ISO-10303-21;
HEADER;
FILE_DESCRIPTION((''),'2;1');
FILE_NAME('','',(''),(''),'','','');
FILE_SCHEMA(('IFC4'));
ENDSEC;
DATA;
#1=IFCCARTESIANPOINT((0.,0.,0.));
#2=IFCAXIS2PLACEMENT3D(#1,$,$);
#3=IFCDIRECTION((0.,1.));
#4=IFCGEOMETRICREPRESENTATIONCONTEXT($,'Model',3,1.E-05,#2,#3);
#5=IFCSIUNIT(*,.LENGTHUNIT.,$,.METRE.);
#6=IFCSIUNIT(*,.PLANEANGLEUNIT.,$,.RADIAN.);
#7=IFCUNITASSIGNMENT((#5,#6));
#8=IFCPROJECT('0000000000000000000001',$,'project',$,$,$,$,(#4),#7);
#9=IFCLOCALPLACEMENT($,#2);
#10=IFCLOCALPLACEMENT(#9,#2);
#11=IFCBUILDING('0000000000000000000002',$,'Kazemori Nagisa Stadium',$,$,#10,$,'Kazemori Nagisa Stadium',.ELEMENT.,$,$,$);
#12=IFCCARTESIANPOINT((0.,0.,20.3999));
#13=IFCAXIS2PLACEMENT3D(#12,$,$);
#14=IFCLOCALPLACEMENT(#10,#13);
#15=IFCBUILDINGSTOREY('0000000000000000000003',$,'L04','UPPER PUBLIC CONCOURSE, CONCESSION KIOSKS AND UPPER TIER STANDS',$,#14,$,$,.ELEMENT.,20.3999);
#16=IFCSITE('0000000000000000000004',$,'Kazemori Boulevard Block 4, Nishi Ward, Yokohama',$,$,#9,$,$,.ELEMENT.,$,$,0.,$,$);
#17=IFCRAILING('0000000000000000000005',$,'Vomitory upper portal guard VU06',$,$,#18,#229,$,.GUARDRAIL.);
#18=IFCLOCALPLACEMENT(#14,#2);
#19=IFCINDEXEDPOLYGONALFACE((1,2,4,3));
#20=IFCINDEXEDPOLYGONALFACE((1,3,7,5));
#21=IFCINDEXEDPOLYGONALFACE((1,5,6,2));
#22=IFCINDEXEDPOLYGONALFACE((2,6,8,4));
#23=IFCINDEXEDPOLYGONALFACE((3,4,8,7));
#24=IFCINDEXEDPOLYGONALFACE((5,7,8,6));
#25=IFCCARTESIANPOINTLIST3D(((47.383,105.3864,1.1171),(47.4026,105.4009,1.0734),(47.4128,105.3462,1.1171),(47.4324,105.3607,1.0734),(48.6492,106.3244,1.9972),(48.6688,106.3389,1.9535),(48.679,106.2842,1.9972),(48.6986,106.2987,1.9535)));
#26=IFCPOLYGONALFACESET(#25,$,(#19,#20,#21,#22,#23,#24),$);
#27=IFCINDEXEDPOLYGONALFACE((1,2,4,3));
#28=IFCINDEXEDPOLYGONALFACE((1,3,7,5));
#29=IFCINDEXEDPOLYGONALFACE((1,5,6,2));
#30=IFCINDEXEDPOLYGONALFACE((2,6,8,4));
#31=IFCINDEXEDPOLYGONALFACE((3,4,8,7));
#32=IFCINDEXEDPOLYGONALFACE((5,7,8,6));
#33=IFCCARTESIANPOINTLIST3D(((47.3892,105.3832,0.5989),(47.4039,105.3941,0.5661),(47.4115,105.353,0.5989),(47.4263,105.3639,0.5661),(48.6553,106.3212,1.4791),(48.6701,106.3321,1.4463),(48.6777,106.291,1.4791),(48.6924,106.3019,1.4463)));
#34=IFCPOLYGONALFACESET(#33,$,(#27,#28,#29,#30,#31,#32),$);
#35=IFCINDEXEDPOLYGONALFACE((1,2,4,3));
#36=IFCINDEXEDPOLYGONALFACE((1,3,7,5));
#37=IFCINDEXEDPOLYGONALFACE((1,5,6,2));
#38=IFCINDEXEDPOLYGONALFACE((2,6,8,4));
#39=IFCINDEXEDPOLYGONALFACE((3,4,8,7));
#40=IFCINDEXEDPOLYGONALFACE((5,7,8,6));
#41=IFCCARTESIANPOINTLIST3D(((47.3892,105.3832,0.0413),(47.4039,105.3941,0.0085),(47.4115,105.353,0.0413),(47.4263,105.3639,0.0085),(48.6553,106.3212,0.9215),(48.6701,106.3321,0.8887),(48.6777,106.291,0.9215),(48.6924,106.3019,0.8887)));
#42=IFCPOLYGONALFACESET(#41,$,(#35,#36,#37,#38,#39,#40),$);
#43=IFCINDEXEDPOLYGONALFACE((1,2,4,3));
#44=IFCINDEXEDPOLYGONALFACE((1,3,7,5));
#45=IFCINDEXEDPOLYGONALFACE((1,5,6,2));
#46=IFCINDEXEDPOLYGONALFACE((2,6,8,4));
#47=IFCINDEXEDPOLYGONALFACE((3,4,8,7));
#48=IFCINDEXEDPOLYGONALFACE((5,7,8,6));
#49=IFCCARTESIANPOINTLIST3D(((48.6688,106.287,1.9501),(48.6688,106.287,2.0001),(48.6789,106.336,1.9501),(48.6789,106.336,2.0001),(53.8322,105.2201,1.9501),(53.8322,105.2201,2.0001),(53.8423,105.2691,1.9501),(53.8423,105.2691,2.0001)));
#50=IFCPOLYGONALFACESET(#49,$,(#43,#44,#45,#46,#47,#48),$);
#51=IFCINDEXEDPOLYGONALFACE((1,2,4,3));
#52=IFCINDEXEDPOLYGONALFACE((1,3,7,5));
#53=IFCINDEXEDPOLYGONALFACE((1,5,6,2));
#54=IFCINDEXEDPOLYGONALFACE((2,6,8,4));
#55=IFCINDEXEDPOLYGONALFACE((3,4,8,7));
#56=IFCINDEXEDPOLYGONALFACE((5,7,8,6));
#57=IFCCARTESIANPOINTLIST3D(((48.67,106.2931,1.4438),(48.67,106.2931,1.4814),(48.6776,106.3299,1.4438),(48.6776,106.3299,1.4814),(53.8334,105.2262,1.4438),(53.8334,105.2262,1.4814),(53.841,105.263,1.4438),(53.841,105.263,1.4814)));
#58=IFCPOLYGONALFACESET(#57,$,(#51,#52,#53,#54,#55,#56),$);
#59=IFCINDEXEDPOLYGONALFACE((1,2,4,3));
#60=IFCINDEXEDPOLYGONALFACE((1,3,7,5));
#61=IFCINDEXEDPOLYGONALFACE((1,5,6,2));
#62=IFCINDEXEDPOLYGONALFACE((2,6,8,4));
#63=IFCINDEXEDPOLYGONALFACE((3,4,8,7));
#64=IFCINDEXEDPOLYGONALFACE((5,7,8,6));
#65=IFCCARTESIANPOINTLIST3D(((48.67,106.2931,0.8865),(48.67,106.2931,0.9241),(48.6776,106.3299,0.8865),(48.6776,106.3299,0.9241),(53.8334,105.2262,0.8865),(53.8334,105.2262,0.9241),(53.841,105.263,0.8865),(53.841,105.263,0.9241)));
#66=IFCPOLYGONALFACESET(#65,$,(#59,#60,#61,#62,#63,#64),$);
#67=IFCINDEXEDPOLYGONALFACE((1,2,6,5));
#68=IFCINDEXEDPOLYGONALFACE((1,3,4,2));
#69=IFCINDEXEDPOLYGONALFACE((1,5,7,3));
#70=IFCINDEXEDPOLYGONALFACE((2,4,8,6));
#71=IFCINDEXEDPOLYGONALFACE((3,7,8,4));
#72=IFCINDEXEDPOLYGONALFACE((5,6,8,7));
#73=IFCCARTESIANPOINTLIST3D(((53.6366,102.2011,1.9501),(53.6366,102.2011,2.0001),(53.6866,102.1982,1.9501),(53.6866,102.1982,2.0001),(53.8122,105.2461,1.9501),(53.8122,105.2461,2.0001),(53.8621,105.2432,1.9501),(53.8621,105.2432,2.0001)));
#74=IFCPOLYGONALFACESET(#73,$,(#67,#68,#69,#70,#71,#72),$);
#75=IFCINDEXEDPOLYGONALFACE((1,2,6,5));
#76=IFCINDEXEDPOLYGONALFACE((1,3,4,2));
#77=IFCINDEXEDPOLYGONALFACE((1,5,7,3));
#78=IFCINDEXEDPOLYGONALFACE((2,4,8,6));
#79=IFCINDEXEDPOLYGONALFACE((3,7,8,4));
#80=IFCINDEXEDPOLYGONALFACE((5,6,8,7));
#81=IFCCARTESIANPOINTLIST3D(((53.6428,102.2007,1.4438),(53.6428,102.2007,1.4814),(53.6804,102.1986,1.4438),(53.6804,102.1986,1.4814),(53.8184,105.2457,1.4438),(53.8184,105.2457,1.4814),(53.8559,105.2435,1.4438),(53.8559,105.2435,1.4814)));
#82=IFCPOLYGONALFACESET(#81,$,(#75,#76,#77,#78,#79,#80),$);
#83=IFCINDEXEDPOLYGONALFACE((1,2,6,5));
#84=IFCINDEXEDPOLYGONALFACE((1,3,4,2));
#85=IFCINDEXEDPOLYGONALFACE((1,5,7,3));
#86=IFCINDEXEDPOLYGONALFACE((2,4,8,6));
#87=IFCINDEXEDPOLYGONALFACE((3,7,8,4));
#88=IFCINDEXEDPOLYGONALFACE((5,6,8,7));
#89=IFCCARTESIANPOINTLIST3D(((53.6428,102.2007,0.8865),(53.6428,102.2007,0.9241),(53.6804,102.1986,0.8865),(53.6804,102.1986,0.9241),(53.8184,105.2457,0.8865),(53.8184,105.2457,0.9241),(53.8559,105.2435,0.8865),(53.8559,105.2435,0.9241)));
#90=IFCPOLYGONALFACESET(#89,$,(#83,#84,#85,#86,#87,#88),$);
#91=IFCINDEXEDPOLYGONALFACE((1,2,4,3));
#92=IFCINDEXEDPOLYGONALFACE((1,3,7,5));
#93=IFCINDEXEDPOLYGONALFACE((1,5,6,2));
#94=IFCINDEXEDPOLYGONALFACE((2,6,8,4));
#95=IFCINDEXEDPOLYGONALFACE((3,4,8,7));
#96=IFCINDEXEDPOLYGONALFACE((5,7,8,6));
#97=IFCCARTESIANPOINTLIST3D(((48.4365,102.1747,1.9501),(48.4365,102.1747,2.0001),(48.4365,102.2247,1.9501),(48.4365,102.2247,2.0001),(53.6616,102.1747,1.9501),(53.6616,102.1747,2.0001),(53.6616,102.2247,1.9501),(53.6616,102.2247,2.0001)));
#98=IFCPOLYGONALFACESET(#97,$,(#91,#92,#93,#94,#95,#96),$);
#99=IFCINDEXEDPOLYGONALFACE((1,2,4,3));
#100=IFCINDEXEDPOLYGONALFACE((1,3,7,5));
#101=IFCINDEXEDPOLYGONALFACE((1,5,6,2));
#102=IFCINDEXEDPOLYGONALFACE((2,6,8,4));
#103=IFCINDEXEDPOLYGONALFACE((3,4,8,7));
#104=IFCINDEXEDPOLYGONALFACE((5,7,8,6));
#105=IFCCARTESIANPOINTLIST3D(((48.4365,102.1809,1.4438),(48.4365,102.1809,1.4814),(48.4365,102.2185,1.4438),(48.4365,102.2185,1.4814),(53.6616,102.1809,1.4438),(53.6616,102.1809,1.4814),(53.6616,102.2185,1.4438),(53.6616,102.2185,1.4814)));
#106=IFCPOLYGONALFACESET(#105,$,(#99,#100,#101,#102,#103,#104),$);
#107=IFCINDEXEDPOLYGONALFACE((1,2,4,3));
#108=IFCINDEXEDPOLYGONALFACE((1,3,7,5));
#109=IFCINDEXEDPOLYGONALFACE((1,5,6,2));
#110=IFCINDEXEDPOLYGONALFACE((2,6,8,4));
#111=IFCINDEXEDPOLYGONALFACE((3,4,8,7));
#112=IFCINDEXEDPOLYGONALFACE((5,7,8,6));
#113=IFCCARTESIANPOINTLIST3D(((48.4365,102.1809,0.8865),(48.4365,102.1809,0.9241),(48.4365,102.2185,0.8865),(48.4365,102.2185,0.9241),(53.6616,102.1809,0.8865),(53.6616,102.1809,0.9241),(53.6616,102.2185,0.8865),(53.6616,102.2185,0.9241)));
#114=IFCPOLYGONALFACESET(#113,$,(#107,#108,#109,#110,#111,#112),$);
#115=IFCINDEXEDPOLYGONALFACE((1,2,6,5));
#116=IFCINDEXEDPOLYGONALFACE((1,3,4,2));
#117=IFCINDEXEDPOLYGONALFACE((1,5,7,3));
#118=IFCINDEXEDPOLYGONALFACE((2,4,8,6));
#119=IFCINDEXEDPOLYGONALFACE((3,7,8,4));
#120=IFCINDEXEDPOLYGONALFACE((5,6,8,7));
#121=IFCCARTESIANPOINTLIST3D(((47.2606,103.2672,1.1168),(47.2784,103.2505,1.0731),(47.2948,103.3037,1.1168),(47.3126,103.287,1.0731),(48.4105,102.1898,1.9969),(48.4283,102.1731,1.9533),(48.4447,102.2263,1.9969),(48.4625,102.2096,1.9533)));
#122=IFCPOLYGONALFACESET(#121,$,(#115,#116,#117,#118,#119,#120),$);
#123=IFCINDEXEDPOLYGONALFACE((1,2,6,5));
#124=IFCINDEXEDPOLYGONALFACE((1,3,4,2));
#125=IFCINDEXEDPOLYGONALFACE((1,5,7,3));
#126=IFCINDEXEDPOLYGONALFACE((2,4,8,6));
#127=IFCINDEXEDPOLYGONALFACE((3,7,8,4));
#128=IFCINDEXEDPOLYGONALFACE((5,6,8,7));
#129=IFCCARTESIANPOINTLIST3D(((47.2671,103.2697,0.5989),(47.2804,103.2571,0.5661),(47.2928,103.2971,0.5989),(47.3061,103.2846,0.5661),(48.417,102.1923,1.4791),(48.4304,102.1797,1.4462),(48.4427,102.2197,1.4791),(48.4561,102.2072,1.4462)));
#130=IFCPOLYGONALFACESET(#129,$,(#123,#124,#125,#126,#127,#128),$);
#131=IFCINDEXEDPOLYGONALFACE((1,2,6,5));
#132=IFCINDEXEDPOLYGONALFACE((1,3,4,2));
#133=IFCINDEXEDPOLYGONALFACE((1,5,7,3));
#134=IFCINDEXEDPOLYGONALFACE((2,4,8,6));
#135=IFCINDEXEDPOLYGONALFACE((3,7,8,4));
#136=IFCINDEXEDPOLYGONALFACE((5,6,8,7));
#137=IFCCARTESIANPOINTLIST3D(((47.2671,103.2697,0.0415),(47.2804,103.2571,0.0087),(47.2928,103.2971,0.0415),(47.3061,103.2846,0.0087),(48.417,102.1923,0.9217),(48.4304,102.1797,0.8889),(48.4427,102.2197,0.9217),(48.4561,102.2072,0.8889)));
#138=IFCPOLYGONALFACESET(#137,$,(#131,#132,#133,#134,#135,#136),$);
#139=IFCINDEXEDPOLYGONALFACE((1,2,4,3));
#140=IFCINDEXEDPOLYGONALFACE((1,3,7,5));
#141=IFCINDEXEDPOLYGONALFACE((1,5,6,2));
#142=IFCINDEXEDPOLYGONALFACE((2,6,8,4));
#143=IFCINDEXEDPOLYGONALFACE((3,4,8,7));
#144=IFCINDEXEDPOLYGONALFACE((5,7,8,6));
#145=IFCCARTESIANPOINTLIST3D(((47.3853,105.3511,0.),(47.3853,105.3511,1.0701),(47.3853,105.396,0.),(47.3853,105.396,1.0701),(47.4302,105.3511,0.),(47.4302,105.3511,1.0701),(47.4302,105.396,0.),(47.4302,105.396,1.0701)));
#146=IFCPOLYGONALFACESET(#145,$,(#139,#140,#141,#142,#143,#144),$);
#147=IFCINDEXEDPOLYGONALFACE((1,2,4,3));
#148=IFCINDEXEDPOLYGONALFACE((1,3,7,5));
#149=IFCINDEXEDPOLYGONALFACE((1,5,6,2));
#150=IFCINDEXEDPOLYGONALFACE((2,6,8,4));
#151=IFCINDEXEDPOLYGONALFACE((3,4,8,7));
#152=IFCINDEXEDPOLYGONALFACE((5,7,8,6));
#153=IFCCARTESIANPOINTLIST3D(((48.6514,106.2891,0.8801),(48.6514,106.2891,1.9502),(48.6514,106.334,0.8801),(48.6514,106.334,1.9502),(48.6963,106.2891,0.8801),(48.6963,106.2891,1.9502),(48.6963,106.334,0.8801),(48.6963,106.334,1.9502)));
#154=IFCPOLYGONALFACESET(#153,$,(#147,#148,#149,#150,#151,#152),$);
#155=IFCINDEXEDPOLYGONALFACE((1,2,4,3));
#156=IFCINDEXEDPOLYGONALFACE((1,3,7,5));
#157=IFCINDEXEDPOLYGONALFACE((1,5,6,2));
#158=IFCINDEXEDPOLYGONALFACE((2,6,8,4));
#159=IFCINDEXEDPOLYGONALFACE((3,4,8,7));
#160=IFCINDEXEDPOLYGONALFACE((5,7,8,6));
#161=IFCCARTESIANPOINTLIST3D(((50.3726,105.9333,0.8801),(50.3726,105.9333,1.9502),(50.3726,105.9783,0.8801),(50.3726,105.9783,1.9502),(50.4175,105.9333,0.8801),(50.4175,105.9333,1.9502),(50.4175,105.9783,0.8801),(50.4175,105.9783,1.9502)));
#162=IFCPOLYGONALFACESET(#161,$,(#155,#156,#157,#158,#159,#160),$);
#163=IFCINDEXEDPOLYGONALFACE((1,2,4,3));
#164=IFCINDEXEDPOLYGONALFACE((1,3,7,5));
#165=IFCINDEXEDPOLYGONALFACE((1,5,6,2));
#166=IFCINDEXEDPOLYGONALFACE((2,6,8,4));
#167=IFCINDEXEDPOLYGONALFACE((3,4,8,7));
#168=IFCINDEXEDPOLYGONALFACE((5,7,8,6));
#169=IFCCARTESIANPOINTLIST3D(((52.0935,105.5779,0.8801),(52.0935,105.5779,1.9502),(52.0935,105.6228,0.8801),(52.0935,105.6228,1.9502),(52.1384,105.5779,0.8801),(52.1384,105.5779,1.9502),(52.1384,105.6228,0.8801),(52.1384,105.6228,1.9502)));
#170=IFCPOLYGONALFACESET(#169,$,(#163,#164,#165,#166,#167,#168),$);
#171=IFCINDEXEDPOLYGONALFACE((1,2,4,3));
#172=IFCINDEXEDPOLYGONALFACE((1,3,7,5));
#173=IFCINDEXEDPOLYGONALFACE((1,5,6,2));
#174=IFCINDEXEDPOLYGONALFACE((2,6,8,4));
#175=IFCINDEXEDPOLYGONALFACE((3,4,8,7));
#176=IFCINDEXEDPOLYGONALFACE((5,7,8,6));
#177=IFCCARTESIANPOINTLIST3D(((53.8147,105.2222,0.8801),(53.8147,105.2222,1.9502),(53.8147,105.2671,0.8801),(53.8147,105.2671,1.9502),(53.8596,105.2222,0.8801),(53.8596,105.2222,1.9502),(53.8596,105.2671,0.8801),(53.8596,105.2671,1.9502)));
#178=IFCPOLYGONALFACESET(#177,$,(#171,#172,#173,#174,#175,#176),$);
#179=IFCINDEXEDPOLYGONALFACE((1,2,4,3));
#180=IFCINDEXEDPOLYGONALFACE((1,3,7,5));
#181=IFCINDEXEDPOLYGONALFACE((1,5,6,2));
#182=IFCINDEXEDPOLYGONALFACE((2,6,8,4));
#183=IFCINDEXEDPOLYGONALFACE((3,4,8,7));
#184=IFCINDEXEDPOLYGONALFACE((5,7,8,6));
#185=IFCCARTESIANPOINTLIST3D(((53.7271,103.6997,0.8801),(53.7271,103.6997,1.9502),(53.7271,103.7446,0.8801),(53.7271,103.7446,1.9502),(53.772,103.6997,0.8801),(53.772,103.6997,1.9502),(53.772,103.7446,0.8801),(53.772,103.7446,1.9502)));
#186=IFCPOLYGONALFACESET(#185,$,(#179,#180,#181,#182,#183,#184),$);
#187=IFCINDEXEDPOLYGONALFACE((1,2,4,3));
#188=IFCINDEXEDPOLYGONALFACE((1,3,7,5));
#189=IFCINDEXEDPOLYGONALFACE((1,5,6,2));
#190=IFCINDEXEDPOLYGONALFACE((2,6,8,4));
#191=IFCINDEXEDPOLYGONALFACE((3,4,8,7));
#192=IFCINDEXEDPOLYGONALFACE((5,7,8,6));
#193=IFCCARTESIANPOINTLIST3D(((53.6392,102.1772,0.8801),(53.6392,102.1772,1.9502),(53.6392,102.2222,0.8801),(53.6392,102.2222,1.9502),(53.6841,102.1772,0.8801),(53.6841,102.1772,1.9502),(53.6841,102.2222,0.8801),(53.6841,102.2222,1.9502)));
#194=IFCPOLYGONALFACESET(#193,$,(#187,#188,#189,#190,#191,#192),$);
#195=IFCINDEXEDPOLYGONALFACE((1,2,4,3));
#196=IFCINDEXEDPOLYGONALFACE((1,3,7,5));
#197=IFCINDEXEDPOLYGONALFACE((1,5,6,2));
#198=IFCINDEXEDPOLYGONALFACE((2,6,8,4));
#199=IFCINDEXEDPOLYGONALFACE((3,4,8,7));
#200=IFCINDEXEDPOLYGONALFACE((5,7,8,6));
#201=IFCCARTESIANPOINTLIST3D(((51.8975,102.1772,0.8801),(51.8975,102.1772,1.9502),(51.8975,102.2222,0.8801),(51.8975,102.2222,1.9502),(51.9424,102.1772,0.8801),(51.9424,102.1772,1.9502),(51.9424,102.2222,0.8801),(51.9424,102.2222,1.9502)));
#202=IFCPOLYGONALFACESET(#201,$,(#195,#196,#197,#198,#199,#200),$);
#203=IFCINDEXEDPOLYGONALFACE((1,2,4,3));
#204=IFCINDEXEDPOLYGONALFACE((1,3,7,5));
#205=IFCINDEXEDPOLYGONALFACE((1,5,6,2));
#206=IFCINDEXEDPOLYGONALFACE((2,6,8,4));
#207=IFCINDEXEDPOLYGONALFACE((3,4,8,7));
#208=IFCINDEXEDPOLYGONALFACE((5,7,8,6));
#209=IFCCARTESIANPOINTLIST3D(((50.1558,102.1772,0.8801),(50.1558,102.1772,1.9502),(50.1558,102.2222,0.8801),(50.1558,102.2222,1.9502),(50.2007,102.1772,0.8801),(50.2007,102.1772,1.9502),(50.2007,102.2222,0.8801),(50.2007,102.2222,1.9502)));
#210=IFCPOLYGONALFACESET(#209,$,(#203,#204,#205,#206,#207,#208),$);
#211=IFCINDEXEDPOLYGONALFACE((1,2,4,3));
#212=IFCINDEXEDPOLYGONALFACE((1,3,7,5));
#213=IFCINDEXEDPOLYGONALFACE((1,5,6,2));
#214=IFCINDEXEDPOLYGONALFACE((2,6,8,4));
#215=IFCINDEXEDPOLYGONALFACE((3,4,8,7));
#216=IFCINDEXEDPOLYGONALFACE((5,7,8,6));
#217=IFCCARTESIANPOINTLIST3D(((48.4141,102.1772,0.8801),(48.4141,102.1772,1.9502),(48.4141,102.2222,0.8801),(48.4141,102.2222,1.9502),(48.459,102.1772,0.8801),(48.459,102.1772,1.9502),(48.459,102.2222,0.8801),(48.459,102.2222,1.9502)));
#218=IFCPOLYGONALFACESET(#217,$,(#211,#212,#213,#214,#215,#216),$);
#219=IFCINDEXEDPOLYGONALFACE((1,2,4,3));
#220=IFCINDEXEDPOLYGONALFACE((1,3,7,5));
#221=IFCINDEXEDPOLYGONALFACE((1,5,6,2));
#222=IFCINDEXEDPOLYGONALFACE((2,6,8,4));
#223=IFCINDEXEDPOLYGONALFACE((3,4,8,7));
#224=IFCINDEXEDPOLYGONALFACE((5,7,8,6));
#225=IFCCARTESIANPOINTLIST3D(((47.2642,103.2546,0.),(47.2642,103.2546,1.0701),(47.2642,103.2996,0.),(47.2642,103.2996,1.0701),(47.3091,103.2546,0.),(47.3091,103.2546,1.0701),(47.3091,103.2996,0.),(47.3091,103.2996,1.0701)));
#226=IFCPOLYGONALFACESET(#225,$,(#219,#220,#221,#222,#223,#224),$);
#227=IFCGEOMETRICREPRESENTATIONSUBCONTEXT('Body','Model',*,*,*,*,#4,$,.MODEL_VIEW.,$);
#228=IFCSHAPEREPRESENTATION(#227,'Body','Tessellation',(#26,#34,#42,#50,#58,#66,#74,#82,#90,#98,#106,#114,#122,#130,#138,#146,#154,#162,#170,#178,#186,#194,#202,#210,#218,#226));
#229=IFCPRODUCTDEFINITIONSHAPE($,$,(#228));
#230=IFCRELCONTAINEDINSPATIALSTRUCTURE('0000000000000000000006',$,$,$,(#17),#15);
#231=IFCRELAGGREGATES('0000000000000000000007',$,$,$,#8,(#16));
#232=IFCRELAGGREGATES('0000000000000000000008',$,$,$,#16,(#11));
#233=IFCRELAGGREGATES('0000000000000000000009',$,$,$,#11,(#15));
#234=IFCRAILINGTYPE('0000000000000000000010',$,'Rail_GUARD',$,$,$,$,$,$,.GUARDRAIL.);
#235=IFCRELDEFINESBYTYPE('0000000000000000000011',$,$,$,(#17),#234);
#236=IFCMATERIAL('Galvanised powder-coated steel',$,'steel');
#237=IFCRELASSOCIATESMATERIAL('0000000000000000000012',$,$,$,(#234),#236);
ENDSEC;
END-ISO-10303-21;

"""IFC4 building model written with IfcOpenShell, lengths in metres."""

from ifc_helpers import new_model, si_unit, direction, frame, origin, origin_2d, place, context, subcontext, project, spatial, rectangle, extrude, material, type_object, element, save


model = new_model("IFC4")

# Units and contexts
model_context = context("Model", 3, precision=1e-05, world=origin(), true_north=direction((0.0, 1.0)))
body_context = subcontext(model_context, "Body", "Model", "MODEL_VIEW")
ifc_project = project(units=[si_unit("LENGTHUNIT", "METRE"), si_unit("PLANEANGLEUNIT", "RADIAN")], contexts=[model_context])

# Site, building, storey
site_placement = place(None, origin())
site = spatial("IfcSite", under=ifc_project, at=site_placement, Name="Kazemori Boulevard Block 4, Nishi Ward, Yokohama", CompositionType="ELEMENT", RefElevation=0.0)
building_placement = place(site_placement, origin())
building = spatial("IfcBuilding", under=site, at=building_placement, Name="Kazemori Nagisa Stadium", LongName="Kazemori Nagisa Stadium", CompositionType="ELEMENT")
storey_placement = place(building_placement, frame((0.0, 0.0, 20.3999)))
storey = spatial("IfcBuildingStorey", under=building, at=storey_placement, Name="L04", Description="UPPER PUBLIC CONCOURSE, CONCESSION KIOSKS AND UPPER TIER STANDS", CompositionType="ELEMENT", Elevation=20.3999)

# Railing
ifc_material_1 = material(Name="Galvanised powder-coated steel", Category="steel")
railing_type = type_object("IfcRailingType", Name="Rail_GUARD", PredefinedType="GUARDRAIL", material=ifc_material_1)
railing_1_placement = place(storey_placement, frame((47.4077, 105.3735, 0.0)))
element("IfcRailing", 1, at=railing_1_placement, inside=storey, type_object=railing_type, Name="Vomitory upper portal guard VU06", PredefinedType="GUARDRAIL", context=body_context, shape_type="SweptSolid", body=[
    extrude(rectangle(XDim=0.05, YDim=0.05, at=origin_2d()), frame((0.0, 0.0, 1.0952), z_axis=(0.701506, 0.519704, 0.487645), x_axis=(-0.595279, 0.803519, 0.0)), (0.0, 0.0, 1.0), 1.8049),
    extrude(rectangle(XDim=0.0376, YDim=0.0376, at=origin_2d()), frame((0.0, 0.0, 0.5825), z_axis=(0.701506, 0.519704, 0.487645), x_axis=(-0.595279, 0.803519, 0.0)), (0.0, 0.0, 1.0), 1.8049),
    extrude(rectangle(XDim=0.0376, YDim=0.0376, at=origin_2d()), frame((0.0, 0.0, 0.0249), z_axis=(0.701506, 0.519704, 0.487645), x_axis=(-0.595279, 0.803519, 0.0)), (0.0, 0.0, 1.0), 1.8049),
    extrude(rectangle(XDim=0.05, YDim=0.05, at=origin_2d()), frame((1.2661, 0.938, 1.9751), z_axis=(0.979312, -0.202354, 0.0), x_axis=(0.202354, 0.979312, 0.0)), (0.0, 0.0, 1.0), 5.2725),
    extrude(rectangle(XDim=0.0376, YDim=0.0376, at=origin_2d()), frame((1.2661, 0.938, 1.4626), z_axis=(0.979312, -0.202354, 0.0), x_axis=(0.202354, 0.979312, 0.0)), (0.0, 0.0, 1.0), 5.2725),
    extrude(rectangle(XDim=0.0376, YDim=0.0376, at=origin_2d()), frame((1.2661, 0.938, 0.9053), z_axis=(0.979312, -0.202354, 0.0), x_axis=(0.202354, 0.979312, 0.0)), (0.0, 0.0, 1.0), 5.2725),
    extrude(rectangle(XDim=0.05, YDim=0.05, at=origin_2d()), frame((6.4294, -0.1289, 1.9751), z_axis=(-0.057554, -0.998342, 0.0), x_axis=(0.998342, -0.057554, 0.0)), (0.0, 0.0, 1.0), 3.05),
    extrude(rectangle(XDim=0.0376, YDim=0.0376, at=origin_2d()), frame((6.4294, -0.1289, 1.4626), z_axis=(-0.057554, -0.998342, 0.0), x_axis=(0.998342, -0.057554, 0.0)), (0.0, 0.0, 1.0), 3.05),
    extrude(rectangle(XDim=0.0376, YDim=0.0376, at=origin_2d()), frame((6.4294, -0.1289, 0.9053), z_axis=(-0.057554, -0.998342, 0.0), x_axis=(0.998342, -0.057554, 0.0)), (0.0, 0.0, 1.0), 3.05),
    extrude(rectangle(XDim=0.05, YDim=0.05, at=origin_2d()), frame((6.2539, -3.1738, 1.9751), z_axis=(-1.0, 0.0, 0.0), x_axis=(0.0, -1.0, 0.0)), (0.0, 0.0, 1.0), 5.2251),
    extrude(rectangle(XDim=0.0376, YDim=0.0376, at=origin_2d()), frame((6.2539, -3.1738, 1.4626), z_axis=(-1.0, 0.0, 0.0), x_axis=(0.0, -1.0, 0.0)), (0.0, 0.0, 1.0), 5.2251),
    extrude(rectangle(XDim=0.0376, YDim=0.0376, at=origin_2d()), frame((6.2539, -3.1738, 0.9053), z_axis=(-1.0, 0.0, 0.0), x_axis=(0.0, -1.0, 0.0)), (0.0, 0.0, 1.0), 5.2251),
    extrude(rectangle(XDim=0.05, YDim=0.05, at=origin_2d()), frame((1.0288, -3.1738, 1.9751), z_axis=(-0.637099, 0.596926, -0.487631), x_axis=(-0.683725, -0.72974, 0.0)), (0.0, 0.0, 1.0), 1.8049),
    extrude(rectangle(XDim=0.0376, YDim=0.0376, at=origin_2d()), frame((1.0288, -3.1738, 1.4626), z_axis=(-0.637099, 0.596926, -0.487631), x_axis=(-0.683725, -0.72974, 0.0)), (0.0, 0.0, 1.0), 1.8049),
    extrude(rectangle(XDim=0.0376, YDim=0.0376, at=origin_2d()), frame((1.0288, -3.1738, 0.9053), z_axis=(-0.637099, 0.596926, -0.487631), x_axis=(-0.683725, -0.72974, 0.0)), (0.0, 0.0, 1.0), 1.8049),
    extrude(rectangle(XDim=0.0449, YDim=0.0449, at=origin_2d()), origin(), (0.0, 0.0, 1.0), 1.0701),
    extrude(rectangle(XDim=0.0449, YDim=0.0449, at=origin_2d()), frame((1.2661, 0.938, 0.8801)), (0.0, 0.0, 1.0), 1.0701),
    extrude(rectangle(XDim=0.0449, YDim=0.0449, at=origin_2d()), frame((2.9873, 0.5823, 0.8801)), (0.0, 0.0, 1.0), 1.0701),
    extrude(rectangle(XDim=0.0449, YDim=0.0449, at=origin_2d()), frame((4.7083, 0.2268, 0.8801)), (0.0, 0.0, 1.0), 1.0701),
    extrude(rectangle(XDim=0.0449, YDim=0.0449, at=origin_2d()), frame((6.4294, -0.1289, 0.8801)), (0.0, 0.0, 1.0), 1.0701),
    extrude(rectangle(XDim=0.0449, YDim=0.0449, at=origin_2d()), frame((6.3418, -1.6514, 0.8801)), (0.0, 0.0, 1.0), 1.0701),
    extrude(rectangle(XDim=0.0449, YDim=0.0449, at=origin_2d()), frame((6.2539, -3.1738, 0.8801)), (0.0, 0.0, 1.0), 1.0701),
    extrude(rectangle(XDim=0.0449, YDim=0.0449, at=origin_2d()), frame((4.5122, -3.1738, 0.8801)), (0.0, 0.0, 1.0), 1.0701),
    extrude(rectangle(XDim=0.0449, YDim=0.0449, at=origin_2d()), frame((2.7705, -3.1738, 0.8801)), (0.0, 0.0, 1.0), 1.0701),
    extrude(rectangle(XDim=0.0449, YDim=0.0449, at=origin_2d()), frame((1.0288, -3.1738, 0.8801)), (0.0, 0.0, 1.0), 1.0701),
    extrude(rectangle(XDim=0.0449, YDim=0.0449, at=origin_2d()), frame((-0.1211, -2.0964, 0.0)), (0.0, 0.0, 1.0), 1.0701),
])

save(model, "model.ifc")
